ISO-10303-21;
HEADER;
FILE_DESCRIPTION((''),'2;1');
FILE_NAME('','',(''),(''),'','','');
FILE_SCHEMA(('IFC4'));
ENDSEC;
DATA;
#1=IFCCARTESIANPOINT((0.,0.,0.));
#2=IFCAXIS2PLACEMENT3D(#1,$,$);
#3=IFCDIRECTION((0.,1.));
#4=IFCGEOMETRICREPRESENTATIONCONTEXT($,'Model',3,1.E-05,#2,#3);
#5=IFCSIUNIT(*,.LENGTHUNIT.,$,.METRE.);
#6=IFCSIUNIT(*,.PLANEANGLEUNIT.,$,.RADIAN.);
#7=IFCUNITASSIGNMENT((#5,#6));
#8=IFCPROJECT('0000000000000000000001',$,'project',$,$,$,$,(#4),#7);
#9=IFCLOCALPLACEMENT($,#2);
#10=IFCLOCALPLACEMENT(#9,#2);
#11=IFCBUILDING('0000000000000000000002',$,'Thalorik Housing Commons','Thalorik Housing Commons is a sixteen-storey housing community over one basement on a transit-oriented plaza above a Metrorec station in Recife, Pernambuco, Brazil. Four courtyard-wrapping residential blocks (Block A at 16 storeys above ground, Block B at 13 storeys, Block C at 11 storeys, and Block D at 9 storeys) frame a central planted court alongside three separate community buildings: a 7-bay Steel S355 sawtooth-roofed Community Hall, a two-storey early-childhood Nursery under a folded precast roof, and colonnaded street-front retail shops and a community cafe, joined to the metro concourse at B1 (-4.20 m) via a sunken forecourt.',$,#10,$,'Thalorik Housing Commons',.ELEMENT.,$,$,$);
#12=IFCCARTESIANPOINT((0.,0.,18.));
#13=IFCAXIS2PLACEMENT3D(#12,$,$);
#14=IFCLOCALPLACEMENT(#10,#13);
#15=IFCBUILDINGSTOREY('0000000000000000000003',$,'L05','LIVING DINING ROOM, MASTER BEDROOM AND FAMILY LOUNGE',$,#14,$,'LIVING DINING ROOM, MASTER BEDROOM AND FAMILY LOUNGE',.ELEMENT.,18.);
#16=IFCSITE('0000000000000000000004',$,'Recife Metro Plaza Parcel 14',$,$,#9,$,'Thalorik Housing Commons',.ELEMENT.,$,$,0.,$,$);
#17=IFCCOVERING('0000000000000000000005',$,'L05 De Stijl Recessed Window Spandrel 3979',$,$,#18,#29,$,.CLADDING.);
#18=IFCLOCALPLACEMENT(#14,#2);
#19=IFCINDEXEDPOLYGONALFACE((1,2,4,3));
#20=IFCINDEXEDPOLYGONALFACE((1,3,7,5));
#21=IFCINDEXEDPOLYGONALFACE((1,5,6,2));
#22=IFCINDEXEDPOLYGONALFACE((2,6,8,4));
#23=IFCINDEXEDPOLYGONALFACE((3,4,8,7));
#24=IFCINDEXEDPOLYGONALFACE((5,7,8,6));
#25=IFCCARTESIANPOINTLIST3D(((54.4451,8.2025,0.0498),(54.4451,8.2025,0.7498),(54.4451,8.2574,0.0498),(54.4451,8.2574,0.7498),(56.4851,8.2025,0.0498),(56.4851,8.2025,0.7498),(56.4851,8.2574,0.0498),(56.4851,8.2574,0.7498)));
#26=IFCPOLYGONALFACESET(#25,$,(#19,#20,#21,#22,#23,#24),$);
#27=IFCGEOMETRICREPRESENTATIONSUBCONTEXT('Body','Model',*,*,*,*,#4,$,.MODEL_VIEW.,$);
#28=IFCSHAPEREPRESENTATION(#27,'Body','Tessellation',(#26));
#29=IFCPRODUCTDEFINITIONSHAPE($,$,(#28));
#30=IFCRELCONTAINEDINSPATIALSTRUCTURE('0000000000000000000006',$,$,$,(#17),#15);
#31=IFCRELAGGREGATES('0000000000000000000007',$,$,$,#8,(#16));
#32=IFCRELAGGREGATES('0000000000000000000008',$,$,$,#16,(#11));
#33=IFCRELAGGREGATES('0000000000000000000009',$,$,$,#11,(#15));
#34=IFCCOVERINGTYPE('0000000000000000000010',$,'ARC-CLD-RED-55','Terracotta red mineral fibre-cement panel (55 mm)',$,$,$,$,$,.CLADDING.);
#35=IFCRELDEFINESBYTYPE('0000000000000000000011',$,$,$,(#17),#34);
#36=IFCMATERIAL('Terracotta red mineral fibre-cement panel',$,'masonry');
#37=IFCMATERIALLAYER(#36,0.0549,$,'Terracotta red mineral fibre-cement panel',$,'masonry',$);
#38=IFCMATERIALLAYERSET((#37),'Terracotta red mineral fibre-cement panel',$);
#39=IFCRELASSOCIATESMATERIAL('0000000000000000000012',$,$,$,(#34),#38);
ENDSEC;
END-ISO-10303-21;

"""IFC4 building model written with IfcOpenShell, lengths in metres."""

from ifc_helpers import new_model, si_unit, direction, frame, origin, origin_2d, place, context, subcontext, project, spatial, rectangle, extrude, material, layer, layer_set, type_object, element, save


model = new_model("IFC4")

# Units and contexts
model_context = context("Model", 3, precision=1e-05, world=origin(), true_north=direction((0.0, 1.0)))
body_context = subcontext(model_context, "Body", "Model", "MODEL_VIEW")
ifc_project = project(units=[si_unit("LENGTHUNIT", "METRE"), si_unit("PLANEANGLEUNIT", "RADIAN")], contexts=[model_context])

# Site, building, storey
site_placement = place(None, origin())
site = spatial("IfcSite", under=ifc_project, at=site_placement, Name="Recife Metro Plaza Parcel 14", LongName="Thalorik Housing Commons", CompositionType="ELEMENT", RefElevation=0.0)
building_placement = place(site_placement, origin())
building = spatial("IfcBuilding", under=site, at=building_placement, Name="Thalorik Housing Commons", Description="Thalorik Housing Commons is a sixteen-storey housing community over one basement on a transit-oriented plaza above a Metrorec station in Recife, Pernambuco, Brazil. Four courtyard-wrapping residential blocks (Block A at 16 storeys above ground, Block B at 13 storeys, Block C at 11 storeys, and Block D at 9 storeys) frame a central planted court alongside three separate community buildings: a 7-bay Steel S355 sawtooth-roofed Community Hall, a two-storey early-childhood Nursery under a folded precast roof, and colonnaded street-front retail shops and a community cafe, joined to the metro concourse at B1 (-4.20 m) via a sunken forecourt.", LongName="Thalorik Housing Commons", CompositionType="ELEMENT")
storey_placement = place(building_placement, frame((0.0, 0.0, 18.0)))
storey = spatial("IfcBuildingStorey", under=building, at=storey_placement, Name="L05", Description="LIVING DINING ROOM, MASTER BEDROOM AND FAMILY LOUNGE", LongName="LIVING DINING ROOM, MASTER BEDROOM AND FAMILY LOUNGE", CompositionType="ELEMENT", Elevation=18.0)

# Covering
ifc_material_1 = material(Name="Terracotta red mineral fibre-cement panel", Category="masonry")
ifc_layer_1 = layer(ifc_material_1, 0.0549, Name="Terracotta red mineral fibre-cement panel", Category="masonry")
ifc_layer_set_1 = layer_set([ifc_layer_1], Name="Terracotta red mineral fibre-cement panel")
covering_type_1 = type_object("IfcCoveringType", Name="ARC-CLD-RED-55", Description="Terracotta red mineral fibre-cement panel (55 mm)", PredefinedType="CLADDING", material=ifc_layer_set_1)
covering_1_placement = place(storey_placement, frame((55.4651, 8.23, 0.0498), z_axis=(0.0, 0.0, 1.0), x_axis=(1.0, 0.0, 0.0)))
element("IfcCovering", 1, at=covering_1_placement, inside=storey, type_object=covering_type_1, Name="L05 De Stijl Recessed Window Spandrel 3979", PredefinedType="CLADDING", context=body_context, shape_type="SweptSolid", body=[
    extrude(rectangle(XDim=2.04, YDim=0.0549, at=origin_2d()), origin(), (0.0, 0.0, 1.0), 0.7),
])

save(model, "model.ifc")
